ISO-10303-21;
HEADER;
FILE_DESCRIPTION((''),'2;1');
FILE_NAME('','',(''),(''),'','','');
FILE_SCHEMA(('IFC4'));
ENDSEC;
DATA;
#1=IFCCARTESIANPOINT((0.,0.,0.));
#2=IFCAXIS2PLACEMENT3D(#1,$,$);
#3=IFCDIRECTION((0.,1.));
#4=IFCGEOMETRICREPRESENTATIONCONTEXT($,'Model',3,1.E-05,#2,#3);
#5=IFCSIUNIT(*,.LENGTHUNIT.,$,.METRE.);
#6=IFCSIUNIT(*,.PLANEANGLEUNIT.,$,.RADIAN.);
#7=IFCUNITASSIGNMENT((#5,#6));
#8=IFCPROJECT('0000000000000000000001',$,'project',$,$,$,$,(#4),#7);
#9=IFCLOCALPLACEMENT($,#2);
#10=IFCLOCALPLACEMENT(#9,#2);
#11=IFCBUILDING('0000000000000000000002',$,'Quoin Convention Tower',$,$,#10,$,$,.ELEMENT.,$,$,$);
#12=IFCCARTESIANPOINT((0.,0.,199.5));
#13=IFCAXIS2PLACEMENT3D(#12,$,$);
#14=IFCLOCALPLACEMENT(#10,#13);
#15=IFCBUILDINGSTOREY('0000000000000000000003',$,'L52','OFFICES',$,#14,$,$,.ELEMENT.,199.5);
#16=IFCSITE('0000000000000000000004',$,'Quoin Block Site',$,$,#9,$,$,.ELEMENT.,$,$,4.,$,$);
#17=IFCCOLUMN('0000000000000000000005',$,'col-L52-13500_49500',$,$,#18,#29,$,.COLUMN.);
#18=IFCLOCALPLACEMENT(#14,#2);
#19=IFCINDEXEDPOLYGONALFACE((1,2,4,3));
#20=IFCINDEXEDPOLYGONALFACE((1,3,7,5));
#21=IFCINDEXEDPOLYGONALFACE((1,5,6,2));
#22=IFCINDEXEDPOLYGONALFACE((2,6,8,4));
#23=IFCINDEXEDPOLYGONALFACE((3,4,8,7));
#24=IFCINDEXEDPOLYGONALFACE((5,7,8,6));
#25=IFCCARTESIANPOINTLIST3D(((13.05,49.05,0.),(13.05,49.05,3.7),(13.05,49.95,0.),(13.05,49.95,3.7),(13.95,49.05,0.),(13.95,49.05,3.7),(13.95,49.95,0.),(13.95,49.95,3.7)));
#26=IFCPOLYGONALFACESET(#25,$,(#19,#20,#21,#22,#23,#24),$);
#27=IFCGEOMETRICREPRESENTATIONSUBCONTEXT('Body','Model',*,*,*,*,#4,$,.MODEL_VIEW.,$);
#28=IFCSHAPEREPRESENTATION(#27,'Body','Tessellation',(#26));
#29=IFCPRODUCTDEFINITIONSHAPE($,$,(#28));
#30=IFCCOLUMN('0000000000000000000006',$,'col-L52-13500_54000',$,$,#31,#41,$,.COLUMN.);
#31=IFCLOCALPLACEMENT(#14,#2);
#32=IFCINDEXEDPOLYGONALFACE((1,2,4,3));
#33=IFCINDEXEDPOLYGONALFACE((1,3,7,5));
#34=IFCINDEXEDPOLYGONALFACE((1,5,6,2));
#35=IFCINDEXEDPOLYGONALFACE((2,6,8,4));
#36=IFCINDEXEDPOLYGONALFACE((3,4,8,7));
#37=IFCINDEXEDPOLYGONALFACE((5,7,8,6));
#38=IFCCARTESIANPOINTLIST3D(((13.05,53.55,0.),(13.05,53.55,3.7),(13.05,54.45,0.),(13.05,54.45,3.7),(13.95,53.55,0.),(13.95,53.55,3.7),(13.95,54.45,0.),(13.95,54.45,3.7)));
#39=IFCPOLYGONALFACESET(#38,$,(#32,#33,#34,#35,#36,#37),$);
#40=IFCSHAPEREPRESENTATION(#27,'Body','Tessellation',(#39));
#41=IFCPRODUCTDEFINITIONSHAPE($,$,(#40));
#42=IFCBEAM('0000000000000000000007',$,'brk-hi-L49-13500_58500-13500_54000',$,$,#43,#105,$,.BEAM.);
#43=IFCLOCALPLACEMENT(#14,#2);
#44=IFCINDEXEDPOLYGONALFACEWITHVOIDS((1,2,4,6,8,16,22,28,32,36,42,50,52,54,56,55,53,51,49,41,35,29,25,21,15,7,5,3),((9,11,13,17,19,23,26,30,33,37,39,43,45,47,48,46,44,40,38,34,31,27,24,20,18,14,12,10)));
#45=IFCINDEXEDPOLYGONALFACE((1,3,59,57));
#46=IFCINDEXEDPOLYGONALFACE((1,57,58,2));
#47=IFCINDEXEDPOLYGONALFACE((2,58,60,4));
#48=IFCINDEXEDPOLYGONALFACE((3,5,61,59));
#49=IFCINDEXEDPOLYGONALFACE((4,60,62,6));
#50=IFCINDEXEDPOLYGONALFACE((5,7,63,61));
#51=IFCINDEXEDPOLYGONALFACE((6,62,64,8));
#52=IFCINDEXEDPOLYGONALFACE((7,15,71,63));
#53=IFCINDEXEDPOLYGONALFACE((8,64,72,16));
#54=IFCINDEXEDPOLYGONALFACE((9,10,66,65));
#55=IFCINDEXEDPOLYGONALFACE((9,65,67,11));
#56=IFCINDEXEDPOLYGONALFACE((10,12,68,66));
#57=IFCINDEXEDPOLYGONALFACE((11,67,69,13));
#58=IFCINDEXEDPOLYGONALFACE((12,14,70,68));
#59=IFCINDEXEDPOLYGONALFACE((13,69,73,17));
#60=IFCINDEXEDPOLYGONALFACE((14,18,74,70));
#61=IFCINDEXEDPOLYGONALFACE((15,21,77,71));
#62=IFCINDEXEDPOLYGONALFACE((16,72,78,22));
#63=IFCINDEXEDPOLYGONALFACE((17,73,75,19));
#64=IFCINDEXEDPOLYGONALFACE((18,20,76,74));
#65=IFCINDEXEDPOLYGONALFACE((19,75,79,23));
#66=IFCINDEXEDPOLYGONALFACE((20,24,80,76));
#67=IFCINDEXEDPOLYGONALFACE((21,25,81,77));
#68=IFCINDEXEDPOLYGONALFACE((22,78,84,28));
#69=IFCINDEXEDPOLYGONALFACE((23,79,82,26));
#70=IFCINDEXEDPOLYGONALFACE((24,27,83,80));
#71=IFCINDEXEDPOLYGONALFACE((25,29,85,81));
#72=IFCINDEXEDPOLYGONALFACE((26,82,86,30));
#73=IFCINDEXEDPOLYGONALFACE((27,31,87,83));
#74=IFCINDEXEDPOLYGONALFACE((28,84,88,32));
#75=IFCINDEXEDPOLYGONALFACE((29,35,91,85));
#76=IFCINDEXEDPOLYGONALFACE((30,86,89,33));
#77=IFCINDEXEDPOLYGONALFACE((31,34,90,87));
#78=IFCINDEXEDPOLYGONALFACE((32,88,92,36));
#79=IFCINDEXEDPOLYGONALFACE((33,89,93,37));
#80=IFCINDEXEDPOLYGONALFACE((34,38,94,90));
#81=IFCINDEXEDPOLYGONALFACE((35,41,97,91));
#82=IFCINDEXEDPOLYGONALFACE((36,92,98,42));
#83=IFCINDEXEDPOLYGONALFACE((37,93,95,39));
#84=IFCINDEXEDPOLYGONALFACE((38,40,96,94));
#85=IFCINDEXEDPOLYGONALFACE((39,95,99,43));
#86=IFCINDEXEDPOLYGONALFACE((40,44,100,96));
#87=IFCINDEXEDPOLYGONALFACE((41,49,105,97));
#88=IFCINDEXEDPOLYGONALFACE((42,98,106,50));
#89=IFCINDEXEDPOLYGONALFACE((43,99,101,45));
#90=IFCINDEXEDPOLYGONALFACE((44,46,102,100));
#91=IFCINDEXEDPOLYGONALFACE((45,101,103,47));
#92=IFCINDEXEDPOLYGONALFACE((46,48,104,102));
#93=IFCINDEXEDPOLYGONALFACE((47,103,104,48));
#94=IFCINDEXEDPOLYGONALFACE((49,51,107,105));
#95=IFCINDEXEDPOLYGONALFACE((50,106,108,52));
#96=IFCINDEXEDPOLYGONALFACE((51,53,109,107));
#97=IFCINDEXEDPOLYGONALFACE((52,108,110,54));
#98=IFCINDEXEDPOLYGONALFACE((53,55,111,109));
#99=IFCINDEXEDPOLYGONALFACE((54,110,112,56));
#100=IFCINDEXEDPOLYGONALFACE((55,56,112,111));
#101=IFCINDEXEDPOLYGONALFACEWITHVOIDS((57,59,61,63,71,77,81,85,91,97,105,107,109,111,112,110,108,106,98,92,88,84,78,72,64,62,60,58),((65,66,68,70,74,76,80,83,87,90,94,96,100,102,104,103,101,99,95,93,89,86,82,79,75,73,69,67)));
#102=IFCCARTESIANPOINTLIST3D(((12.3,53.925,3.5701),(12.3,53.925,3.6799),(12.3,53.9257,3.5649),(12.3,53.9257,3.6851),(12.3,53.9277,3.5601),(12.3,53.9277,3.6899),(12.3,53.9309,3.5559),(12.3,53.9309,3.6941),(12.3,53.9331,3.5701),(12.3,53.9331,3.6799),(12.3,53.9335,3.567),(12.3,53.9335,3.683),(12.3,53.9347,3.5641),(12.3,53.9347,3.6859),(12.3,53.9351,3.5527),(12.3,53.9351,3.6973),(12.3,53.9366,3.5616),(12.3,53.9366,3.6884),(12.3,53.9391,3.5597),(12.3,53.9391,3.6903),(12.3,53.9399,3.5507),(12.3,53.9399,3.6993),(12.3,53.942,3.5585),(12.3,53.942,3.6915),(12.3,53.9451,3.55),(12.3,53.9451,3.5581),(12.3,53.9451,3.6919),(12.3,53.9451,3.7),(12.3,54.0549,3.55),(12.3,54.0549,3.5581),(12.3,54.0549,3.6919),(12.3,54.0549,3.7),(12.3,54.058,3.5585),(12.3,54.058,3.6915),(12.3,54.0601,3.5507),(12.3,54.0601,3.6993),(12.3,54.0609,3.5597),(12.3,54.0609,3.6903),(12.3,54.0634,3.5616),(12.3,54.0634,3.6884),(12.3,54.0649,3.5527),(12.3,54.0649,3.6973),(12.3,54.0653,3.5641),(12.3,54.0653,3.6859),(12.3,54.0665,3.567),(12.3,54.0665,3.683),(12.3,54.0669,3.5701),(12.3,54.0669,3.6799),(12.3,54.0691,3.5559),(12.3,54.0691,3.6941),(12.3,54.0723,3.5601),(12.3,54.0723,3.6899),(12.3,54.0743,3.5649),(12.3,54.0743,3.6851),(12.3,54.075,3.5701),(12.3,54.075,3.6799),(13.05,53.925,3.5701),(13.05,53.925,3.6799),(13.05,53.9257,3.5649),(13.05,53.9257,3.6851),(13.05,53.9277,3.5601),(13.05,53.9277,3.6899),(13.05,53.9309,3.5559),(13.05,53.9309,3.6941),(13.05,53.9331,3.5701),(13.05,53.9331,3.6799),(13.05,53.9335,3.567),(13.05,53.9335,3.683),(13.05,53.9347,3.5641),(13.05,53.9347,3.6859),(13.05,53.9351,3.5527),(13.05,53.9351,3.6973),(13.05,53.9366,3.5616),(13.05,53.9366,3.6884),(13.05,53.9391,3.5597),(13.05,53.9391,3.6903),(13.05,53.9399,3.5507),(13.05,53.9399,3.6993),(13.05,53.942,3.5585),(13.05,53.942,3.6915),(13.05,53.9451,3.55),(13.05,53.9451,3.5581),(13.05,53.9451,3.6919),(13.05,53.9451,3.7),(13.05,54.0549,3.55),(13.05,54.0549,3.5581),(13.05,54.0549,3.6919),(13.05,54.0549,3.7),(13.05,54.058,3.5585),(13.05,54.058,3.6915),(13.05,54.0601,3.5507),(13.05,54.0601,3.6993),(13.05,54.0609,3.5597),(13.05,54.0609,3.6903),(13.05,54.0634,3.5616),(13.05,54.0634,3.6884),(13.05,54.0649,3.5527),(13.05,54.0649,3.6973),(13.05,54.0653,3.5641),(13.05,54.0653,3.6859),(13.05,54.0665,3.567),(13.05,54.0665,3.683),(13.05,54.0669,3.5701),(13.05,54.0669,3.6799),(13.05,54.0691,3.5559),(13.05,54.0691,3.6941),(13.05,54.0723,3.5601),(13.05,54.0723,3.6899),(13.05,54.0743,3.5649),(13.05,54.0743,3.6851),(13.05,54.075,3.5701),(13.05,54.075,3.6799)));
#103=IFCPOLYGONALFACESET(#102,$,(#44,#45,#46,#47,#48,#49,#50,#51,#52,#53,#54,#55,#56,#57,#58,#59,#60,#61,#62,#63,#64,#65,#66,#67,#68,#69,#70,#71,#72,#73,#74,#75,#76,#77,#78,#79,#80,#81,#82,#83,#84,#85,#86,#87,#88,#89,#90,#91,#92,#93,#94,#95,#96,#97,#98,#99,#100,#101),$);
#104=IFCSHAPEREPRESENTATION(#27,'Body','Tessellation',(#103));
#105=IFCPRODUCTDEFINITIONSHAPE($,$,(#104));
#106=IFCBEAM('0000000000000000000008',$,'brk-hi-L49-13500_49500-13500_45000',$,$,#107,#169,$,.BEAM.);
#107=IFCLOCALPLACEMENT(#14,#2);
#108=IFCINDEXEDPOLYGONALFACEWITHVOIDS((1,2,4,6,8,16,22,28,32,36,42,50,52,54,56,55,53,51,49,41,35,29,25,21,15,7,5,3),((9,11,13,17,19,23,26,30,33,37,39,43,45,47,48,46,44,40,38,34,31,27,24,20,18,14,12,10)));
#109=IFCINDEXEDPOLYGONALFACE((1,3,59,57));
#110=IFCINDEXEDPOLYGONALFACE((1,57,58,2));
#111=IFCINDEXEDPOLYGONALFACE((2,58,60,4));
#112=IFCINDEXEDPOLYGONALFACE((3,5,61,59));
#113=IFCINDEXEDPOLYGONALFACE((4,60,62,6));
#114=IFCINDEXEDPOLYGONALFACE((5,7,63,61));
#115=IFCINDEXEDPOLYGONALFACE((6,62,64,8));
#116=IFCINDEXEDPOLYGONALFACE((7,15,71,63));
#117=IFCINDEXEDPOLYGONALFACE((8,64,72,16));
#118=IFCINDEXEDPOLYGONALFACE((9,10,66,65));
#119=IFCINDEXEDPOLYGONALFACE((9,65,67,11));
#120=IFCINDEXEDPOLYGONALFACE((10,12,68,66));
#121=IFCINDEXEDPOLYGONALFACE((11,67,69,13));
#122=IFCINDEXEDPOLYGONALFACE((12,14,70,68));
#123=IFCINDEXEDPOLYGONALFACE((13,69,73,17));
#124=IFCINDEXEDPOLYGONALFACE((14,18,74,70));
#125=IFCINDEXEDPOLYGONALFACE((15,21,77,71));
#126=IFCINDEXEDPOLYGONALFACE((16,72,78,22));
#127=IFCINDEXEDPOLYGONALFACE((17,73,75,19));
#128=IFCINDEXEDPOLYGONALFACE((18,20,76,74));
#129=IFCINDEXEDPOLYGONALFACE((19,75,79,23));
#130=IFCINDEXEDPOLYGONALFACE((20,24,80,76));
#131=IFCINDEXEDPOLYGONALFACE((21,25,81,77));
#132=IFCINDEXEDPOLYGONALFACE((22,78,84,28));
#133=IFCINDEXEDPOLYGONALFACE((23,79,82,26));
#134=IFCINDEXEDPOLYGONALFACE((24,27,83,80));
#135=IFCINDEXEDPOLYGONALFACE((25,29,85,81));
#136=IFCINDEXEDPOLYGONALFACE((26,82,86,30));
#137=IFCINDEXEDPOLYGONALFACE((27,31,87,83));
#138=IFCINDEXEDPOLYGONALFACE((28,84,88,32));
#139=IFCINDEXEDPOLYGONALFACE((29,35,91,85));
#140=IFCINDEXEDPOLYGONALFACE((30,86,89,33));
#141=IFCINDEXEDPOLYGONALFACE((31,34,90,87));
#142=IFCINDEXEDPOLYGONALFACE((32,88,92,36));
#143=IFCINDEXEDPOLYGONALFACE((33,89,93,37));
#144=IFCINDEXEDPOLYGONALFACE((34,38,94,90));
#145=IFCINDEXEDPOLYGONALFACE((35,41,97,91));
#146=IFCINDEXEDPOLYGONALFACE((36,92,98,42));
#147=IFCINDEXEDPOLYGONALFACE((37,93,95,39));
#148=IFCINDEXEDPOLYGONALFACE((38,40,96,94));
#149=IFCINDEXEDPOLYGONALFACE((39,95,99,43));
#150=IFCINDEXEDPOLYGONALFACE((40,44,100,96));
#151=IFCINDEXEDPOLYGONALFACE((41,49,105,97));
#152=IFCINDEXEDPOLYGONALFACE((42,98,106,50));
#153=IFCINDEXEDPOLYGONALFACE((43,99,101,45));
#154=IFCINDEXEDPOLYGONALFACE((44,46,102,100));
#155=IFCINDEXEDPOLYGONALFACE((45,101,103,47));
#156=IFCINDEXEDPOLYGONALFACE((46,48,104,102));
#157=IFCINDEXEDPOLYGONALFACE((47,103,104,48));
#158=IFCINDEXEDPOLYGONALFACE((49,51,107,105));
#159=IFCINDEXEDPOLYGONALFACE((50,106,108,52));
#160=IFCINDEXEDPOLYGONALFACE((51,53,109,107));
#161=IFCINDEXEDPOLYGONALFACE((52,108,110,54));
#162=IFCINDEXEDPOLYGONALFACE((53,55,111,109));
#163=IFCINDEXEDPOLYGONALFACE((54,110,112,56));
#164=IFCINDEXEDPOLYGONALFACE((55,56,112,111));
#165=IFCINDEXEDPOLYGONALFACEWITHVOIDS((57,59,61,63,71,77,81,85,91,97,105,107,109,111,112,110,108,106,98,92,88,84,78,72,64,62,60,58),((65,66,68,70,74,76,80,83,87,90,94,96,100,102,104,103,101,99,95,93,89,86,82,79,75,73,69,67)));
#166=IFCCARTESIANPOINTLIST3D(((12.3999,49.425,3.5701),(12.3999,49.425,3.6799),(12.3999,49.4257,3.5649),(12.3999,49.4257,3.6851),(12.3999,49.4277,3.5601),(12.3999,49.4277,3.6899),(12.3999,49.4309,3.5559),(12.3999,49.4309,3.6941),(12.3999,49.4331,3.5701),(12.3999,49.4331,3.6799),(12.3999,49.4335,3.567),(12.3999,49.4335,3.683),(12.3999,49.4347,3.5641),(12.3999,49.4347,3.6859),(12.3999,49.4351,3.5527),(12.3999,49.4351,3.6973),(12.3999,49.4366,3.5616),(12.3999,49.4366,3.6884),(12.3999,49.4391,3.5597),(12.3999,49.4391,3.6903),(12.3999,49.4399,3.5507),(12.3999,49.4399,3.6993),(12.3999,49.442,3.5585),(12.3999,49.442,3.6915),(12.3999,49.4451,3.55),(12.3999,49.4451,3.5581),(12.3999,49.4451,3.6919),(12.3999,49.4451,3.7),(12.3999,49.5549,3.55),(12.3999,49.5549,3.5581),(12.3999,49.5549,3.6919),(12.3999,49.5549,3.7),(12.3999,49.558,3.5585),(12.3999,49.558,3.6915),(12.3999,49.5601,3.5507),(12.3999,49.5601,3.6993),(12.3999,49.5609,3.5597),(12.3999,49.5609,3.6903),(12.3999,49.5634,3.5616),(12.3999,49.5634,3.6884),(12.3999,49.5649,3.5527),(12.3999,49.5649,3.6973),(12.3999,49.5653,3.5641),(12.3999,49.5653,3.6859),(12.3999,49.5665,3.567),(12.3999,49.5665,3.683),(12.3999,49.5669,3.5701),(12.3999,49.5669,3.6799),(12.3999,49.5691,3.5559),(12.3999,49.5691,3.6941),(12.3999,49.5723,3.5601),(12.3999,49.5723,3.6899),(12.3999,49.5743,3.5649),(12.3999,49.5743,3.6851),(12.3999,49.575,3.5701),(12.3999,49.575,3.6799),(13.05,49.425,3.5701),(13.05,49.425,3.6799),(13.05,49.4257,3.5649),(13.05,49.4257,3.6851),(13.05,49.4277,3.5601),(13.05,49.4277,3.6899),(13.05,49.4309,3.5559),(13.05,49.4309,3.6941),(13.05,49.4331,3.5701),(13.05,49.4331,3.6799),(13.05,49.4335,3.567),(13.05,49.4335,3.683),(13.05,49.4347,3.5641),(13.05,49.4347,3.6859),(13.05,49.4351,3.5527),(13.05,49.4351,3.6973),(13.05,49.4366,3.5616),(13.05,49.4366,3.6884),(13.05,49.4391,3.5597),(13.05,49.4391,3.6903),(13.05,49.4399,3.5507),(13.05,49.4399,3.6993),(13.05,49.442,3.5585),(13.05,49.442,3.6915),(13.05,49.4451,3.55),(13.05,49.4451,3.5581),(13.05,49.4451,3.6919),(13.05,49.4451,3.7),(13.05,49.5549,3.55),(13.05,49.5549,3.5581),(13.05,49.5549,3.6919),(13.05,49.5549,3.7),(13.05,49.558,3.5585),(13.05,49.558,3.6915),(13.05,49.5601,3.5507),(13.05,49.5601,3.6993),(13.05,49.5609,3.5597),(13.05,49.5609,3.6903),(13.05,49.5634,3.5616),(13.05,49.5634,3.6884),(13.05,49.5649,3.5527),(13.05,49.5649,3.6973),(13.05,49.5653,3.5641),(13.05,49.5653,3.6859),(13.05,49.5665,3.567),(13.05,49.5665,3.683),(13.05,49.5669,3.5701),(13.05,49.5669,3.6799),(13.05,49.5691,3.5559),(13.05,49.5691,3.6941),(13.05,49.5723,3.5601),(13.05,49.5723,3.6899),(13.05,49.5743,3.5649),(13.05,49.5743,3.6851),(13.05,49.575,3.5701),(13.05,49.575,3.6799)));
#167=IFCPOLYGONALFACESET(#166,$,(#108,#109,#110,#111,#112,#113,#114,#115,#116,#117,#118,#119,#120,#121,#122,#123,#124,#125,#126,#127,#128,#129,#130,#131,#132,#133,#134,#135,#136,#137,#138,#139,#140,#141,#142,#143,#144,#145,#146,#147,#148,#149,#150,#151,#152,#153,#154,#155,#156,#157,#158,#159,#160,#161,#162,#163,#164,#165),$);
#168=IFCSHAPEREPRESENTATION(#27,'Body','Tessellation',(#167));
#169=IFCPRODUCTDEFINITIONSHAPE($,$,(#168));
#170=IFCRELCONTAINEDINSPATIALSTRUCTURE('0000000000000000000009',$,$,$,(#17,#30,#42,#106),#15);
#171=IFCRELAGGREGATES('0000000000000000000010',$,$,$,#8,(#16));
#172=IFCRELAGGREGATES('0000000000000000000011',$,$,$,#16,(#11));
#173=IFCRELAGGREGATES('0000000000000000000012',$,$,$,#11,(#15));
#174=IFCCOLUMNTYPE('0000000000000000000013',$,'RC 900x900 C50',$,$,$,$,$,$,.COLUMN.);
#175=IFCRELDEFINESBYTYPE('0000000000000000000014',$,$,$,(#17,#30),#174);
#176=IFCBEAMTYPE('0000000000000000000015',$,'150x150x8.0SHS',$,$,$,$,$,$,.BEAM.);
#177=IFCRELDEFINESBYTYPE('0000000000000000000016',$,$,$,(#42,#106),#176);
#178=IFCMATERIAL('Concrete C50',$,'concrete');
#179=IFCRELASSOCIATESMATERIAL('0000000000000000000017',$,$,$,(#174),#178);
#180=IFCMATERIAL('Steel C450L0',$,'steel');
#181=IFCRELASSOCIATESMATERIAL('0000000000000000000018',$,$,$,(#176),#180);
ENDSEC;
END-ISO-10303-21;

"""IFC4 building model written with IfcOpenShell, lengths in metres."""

from ifc_helpers import new_model, si_unit, direction, frame, origin, origin_2d, place, context, subcontext, project, spatial, rectangle, hollow_rectangle, extrude, material, material_profile, profile_set, type_object, element, save


model = new_model("IFC4")

# Units and contexts
model_context = context("Model", 3, precision=1e-05, world=origin(), true_north=direction((0.0, 1.0)))
body_context = subcontext(model_context, "Body", "Model", "MODEL_VIEW")
ifc_project = project(units=[si_unit("LENGTHUNIT", "METRE"), si_unit("PLANEANGLEUNIT", "RADIAN")], contexts=[model_context])

# Site, building, storey
site_placement = place(None, origin())
site = spatial("IfcSite", under=ifc_project, at=site_placement, Name="Quoin Block Site", CompositionType="ELEMENT", RefElevation=4.0)
building_placement = place(site_placement, origin())
building = spatial("IfcBuilding", under=site, at=building_placement, Name="Quoin Convention Tower", CompositionType="ELEMENT")
storey_placement = place(building_placement, frame((0.0, 0.0, 199.5)))
storey = spatial("IfcBuildingStorey", under=building, at=storey_placement, Name="L52", Description="OFFICES", CompositionType="ELEMENT", Elevation=199.5)

# Columns
ifc_material_1 = material(Name="Concrete C50", Category="concrete")
ifc_material_profile_1 = material_profile(ifc_material_1, rectangle(XDim=0.8999, YDim=0.8999, at=origin_2d()), Name="RC 900x900")
ifc_profile_set_1 = profile_set([ifc_material_profile_1], Name="Concrete C50")
column_type = type_object("IfcColumnType", Name="RC 900x900 C50", PredefinedType="COLUMN", material=ifc_profile_set_1)
for number, where, z_axis, x_axis, name in (
    (1, (13.5, 49.5, 0.0), (0.0, 0.0, 1.0), (1.0, 0.0, 0.0), "col-L52-13500_49500"),
    (2, (13.5, 54.0, 0.0), (0.0, 0.0, 1.0), (1.0, 0.0, 0.0), "col-L52-13500_54000"),
):
    element("IfcColumn", number, at=place(storey_placement, frame(where, z_axis=z_axis, x_axis=x_axis)), inside=storey, type_object=column_type, Name=name, PredefinedType="COLUMN", context=body_context, shape_type="SweptSolid", body=[
        extrude(rectangle(XDim=0.8999, YDim=0.8999, at=origin_2d()), origin(), (0.0, 0.0, 1.0), 3.7),
    ])

# Beams
ifc_material_2 = material(Name="Steel C450L0", Category="steel")
ifc_material_profile_2 = material_profile(ifc_material_2, hollow_rectangle(XDim=0.1499, YDim=0.1499, WallThickness=0.0081, InnerFilletRadius=0.012, OuterFilletRadius=0.02, at=origin_2d()), Name="150x150x8.0SHS")
ifc_profile_set_2 = profile_set([ifc_material_profile_2], Name="Steel C450L0")
beam_type_1 = type_object("IfcBeamType", Name="150x150x8.0SHS", PredefinedType="BEAM", material=ifc_profile_set_2)
beam_1_placement = place(storey_placement, frame((13.05, 54.0, 3.625), z_axis=(-1.0, 0.0, 0.0), x_axis=(0.0, -1.0, 0.0)))
element("IfcBeam", 3, at=beam_1_placement, inside=storey, type_object=beam_type_1, Name="brk-hi-L49-13500_58500-13500_54000", PredefinedType="BEAM", context=body_context, shape_type="SweptSolid", body=[
    extrude(hollow_rectangle(XDim=0.1499, YDim=0.1499, WallThickness=0.0081, InnerFilletRadius=0.012, OuterFilletRadius=0.02, at=origin_2d()), origin(), (0.0, 0.0, 1.0), 0.75),
])
beam_2_placement = place(storey_placement, frame((13.05, 49.5, 3.625), z_axis=(-1.0, 0.0, 0.0), x_axis=(0.0, -1.0, 0.0)))
element("IfcBeam", 4, at=beam_2_placement, inside=storey, type_object=beam_type_1, Name="brk-hi-L49-13500_49500-13500_45000", PredefinedType="BEAM", context=body_context, shape_type="SweptSolid", body=[
    extrude(hollow_rectangle(XDim=0.1499, YDim=0.1499, WallThickness=0.0081, InnerFilletRadius=0.012, OuterFilletRadius=0.02, at=origin_2d()), origin(), (0.0, 0.0, 1.0), 0.6501),
])

save(model, "model.ifc")
